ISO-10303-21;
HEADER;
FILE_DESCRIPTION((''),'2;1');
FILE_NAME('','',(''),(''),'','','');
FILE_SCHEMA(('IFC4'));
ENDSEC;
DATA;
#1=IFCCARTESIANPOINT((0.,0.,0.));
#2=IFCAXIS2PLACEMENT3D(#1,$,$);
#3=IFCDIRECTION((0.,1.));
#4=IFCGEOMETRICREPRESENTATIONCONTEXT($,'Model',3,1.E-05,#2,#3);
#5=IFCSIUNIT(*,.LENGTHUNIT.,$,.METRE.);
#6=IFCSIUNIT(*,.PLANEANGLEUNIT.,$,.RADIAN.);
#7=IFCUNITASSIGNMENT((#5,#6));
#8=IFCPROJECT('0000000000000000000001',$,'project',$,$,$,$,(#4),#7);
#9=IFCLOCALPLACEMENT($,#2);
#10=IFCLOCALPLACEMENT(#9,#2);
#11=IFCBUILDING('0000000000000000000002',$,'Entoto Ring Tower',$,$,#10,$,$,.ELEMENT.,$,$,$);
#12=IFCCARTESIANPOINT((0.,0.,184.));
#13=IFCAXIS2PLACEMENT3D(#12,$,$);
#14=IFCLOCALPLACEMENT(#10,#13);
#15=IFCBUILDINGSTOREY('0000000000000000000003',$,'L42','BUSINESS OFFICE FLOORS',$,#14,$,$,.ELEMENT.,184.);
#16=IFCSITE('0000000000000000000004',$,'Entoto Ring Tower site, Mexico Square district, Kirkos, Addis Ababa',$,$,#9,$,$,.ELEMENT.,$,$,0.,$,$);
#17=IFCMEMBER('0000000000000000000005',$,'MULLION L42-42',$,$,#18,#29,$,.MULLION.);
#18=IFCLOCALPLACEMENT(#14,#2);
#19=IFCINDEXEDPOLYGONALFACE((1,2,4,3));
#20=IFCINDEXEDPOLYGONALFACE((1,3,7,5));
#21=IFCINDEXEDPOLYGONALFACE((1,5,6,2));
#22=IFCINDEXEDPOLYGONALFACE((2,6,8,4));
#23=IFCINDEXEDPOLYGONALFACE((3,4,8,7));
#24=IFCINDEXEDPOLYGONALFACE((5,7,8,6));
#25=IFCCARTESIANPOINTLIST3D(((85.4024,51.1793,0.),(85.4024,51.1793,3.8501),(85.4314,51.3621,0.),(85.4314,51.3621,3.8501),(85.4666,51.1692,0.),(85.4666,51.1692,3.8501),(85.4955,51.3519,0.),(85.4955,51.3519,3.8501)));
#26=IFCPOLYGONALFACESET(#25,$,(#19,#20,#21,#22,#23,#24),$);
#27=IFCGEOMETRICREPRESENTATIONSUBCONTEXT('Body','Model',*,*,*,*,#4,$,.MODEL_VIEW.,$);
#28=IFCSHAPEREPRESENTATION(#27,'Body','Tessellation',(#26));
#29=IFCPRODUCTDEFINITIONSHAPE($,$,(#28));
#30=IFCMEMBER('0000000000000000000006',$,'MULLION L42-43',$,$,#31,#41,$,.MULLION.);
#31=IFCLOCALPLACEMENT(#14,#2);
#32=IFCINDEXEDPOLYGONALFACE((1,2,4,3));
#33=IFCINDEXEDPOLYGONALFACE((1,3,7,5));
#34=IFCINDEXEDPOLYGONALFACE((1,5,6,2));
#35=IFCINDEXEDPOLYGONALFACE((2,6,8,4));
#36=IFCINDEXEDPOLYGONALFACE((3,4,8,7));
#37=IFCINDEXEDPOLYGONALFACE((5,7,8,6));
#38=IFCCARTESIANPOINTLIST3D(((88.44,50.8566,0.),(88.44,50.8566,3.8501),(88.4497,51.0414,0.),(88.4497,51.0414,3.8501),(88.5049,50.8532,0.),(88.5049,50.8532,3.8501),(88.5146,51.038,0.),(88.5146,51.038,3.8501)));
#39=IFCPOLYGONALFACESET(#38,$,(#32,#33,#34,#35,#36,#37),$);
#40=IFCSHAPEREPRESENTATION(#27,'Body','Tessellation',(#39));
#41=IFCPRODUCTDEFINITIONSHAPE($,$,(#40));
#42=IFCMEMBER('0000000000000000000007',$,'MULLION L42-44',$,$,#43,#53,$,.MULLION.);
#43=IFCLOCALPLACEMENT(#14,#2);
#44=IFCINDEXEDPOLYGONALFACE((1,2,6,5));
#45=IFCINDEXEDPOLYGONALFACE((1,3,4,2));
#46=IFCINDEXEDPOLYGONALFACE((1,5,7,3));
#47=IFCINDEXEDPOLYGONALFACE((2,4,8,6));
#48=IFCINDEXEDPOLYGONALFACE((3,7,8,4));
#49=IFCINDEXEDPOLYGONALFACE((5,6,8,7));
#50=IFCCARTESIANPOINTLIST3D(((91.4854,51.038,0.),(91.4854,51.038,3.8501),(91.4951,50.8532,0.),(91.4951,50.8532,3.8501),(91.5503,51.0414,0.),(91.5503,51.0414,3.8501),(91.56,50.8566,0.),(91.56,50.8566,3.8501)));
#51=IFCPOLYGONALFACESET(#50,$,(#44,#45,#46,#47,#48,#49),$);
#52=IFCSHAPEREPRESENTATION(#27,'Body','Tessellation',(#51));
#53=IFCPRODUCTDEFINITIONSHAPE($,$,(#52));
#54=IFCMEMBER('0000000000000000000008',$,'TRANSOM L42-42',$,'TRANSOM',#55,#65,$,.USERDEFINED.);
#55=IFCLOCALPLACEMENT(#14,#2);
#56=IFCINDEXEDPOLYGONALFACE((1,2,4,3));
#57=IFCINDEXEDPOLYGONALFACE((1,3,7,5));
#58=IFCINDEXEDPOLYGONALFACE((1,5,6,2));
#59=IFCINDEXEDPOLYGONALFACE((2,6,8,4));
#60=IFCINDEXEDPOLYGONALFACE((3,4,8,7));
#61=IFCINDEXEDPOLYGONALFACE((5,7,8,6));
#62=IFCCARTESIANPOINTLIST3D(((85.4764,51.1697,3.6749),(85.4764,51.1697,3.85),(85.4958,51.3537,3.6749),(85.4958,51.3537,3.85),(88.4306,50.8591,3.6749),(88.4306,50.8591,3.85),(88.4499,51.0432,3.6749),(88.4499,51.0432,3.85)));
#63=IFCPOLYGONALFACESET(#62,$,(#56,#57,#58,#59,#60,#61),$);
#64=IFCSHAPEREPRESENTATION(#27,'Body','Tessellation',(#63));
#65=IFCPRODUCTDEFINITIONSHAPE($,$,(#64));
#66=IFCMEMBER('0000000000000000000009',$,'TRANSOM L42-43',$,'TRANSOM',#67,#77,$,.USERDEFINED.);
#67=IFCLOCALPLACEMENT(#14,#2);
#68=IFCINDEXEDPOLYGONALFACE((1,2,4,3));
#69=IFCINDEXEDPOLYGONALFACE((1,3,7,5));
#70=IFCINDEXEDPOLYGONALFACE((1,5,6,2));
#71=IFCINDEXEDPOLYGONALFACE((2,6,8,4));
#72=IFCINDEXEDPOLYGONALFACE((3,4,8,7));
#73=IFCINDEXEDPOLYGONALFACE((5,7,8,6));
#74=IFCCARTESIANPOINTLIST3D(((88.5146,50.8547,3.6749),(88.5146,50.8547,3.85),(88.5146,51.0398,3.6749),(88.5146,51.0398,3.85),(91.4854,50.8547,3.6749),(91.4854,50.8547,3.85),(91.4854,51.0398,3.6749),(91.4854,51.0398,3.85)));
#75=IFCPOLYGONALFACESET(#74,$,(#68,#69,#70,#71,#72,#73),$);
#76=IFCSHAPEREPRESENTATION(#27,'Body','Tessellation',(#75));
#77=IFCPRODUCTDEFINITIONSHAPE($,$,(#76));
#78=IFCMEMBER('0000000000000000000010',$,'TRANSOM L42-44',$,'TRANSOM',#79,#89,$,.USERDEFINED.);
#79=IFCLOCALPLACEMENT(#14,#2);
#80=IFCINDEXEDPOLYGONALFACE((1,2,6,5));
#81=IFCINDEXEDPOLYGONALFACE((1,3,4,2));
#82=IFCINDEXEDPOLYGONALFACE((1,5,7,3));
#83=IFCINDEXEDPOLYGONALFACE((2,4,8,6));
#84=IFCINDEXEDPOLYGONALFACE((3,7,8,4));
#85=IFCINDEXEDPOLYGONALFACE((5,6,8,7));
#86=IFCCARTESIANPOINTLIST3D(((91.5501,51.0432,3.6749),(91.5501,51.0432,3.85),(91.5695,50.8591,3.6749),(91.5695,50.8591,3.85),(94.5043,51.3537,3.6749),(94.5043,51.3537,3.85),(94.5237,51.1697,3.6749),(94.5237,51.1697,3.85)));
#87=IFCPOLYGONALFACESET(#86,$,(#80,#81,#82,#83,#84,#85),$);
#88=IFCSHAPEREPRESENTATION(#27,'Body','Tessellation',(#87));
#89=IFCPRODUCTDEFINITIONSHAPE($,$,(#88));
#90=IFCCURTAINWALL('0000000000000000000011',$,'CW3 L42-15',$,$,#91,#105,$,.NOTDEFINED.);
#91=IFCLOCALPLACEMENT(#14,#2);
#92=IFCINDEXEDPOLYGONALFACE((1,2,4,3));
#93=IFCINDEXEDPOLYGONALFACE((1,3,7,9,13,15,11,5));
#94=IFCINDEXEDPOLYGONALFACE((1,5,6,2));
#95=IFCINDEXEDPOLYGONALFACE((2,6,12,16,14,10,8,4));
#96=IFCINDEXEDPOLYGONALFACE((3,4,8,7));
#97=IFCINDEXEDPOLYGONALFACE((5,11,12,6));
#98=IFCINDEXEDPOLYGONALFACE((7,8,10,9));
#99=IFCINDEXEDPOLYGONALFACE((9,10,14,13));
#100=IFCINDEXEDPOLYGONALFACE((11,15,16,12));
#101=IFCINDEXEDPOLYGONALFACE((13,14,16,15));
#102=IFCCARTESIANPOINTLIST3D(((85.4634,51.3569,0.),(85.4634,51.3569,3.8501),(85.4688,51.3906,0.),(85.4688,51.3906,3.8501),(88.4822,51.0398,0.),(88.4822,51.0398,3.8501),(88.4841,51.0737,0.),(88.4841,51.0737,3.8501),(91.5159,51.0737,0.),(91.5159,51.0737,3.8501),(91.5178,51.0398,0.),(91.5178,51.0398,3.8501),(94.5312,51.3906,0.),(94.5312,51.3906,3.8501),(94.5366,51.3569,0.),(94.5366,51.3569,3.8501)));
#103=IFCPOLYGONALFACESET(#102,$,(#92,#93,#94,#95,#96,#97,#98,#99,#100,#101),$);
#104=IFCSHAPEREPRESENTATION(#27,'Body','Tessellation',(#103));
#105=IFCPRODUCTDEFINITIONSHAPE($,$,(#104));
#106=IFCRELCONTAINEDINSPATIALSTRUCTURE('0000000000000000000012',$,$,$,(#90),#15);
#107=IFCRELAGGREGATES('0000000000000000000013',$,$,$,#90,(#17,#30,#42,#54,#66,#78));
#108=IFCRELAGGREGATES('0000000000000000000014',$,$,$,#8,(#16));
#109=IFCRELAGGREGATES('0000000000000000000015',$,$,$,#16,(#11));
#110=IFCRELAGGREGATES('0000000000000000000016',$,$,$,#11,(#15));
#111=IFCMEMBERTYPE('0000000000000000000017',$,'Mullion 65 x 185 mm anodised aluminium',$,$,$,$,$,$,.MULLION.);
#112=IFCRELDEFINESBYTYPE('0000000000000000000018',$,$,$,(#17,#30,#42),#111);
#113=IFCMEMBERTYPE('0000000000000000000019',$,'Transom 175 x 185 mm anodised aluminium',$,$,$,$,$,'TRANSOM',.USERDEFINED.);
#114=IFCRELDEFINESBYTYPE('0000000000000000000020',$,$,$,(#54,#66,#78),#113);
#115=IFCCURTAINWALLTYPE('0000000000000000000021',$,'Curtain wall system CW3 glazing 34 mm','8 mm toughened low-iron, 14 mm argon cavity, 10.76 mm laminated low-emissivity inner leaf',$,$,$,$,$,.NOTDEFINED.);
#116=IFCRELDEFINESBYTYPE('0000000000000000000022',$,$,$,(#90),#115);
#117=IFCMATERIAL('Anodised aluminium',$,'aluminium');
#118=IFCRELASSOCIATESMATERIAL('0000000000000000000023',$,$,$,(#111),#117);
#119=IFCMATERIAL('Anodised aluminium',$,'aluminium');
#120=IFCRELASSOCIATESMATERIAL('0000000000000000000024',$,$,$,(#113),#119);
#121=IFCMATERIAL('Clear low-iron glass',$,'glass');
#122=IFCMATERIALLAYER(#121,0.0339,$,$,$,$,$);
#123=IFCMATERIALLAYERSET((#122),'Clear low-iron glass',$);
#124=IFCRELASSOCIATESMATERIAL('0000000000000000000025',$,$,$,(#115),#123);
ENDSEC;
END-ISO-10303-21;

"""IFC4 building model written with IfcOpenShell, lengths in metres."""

from ifc_helpers import new_model, si_unit, direction, frame, origin, origin_2d, place, context, subcontext, project, spatial, polyline, rectangle, outline, extrude, material, layer, layer_set, material_profile, profile_set, type_object, element, aggregate, save


model = new_model("IFC4")

# Units and contexts
model_context = context("Model", 3, precision=1e-05, world=origin(), true_north=direction((0.0, 1.0)))
body_context = subcontext(model_context, "Body", "Model", "MODEL_VIEW")
ifc_project = project(units=[si_unit("LENGTHUNIT", "METRE"), si_unit("PLANEANGLEUNIT", "RADIAN")], contexts=[model_context])

# Members
ifc_material_1 = material(Name="Anodised aluminium", Category="aluminium")
ifc_material_profile_1 = material_profile(ifc_material_1, rectangle(XDim=0.0649, YDim=0.1851, at=origin_2d()), Name="Mullion 65 x 185 mm anodised aluminium")
ifc_profile_set_1 = profile_set([ifc_material_profile_1], Name="Anodised aluminium")
member_type_1 = type_object("IfcMemberType", Name="Mullion 65 x 185 mm anodised aluminium", PredefinedType="MULLION", material=ifc_profile_set_1)
site_placement = place(None, origin())
building_placement = place(site_placement, origin())
storey_placement = place(building_placement, frame((0.0, 0.0, 184.0)))
member_1_placement = place(storey_placement, frame((85.449, 51.2656, 0.0), z_axis=(0.0, 0.0, 1.0), x_axis=(0.987688, -0.156434, 0.0)))
member_1 = element("IfcMember", 1, at=member_1_placement, type_object=member_type_1, Name="MULLION L42-42", PredefinedType="MULLION", context=body_context, shape_type="SweptSolid", body=[
    extrude(rectangle(XDim=0.0649, YDim=0.1851, at=origin_2d()), origin(), (0.0, 0.0, 1.0), 3.8501),
])
member_2_placement = place(storey_placement, frame((88.4773, 50.9473, 0.0), z_axis=(0.0, 0.0, 1.0), x_axis=(0.99863, -0.052336, 0.0)))
member_2 = element("IfcMember", 2, at=member_2_placement, type_object=member_type_1, Name="MULLION L42-43", PredefinedType="MULLION", context=body_context, shape_type="SweptSolid", body=[
    extrude(rectangle(XDim=0.0649, YDim=0.1851, at=origin_2d()), origin(), (0.0, 0.0, 1.0), 3.8501),
])
member_3_placement = place(storey_placement, frame((91.5227, 50.9473, 0.0), z_axis=(0.0, 0.0, 1.0), x_axis=(0.99863, 0.052336, 0.0)))
member_3 = element("IfcMember", 3, at=member_3_placement, type_object=member_type_1, Name="MULLION L42-44", PredefinedType="MULLION", context=body_context, shape_type="SweptSolid", body=[
    extrude(rectangle(XDim=0.0649, YDim=0.1851, at=origin_2d()), origin(), (0.0, 0.0, 1.0), 3.8501),
])
ifc_material_2 = material(Name="Anodised aluminium", Category="aluminium")
ifc_material_profile_2 = material_profile(ifc_material_2, rectangle(XDim=0.1851, YDim=0.175, at=origin_2d()), Name="Transom 175 x 185 mm anodised aluminium")
ifc_profile_set_2 = profile_set([ifc_material_profile_2], Name="Anodised aluminium")
member_type_2 = type_object("IfcMemberType", Name="Transom 175 x 185 mm anodised aluminium", ElementType="TRANSOM", PredefinedType="USERDEFINED", material=ifc_profile_set_2)
member_4_placement = place(storey_placement, frame((85.4861, 51.2617, 3.7625), z_axis=(0.99452, -0.104548, 0.0), x_axis=(0.104548, 0.99452, 0.0)))
member_4 = element("IfcMember", 4, at=member_4_placement, type_object=member_type_2, Name="TRANSOM L42-42", ObjectType="TRANSOM", PredefinedType="USERDEFINED", context=body_context, shape_type="SweptSolid", body=[
    extrude(rectangle(XDim=0.1851, YDim=0.175, at=origin_2d()), origin(), (0.0, 0.0, 1.0), 2.9705),
])
member_5_placement = place(storey_placement, frame((88.5146, 50.9473, 3.7625), z_axis=(1.0, 0.0, 0.0), x_axis=(0.0, 1.0, 0.0)))
member_5 = element("IfcMember", 5, at=member_5_placement, type_object=member_type_2, Name="TRANSOM L42-43", ObjectType="TRANSOM", PredefinedType="USERDEFINED", context=body_context, shape_type="SweptSolid", body=[
    extrude(rectangle(XDim=0.1851, YDim=0.175, at=origin_2d()), origin(), (0.0, 0.0, 1.0), 2.9707),
])
member_6_placement = place(storey_placement, frame((91.5598, 50.9512, 3.7625), z_axis=(0.99452, 0.104548, 0.0), x_axis=(-0.104548, 0.99452, 0.0)))
member_6 = element("IfcMember", 6, at=member_6_placement, type_object=member_type_2, Name="TRANSOM L42-44", ObjectType="TRANSOM", PredefinedType="USERDEFINED", context=body_context, shape_type="SweptSolid", body=[
    extrude(rectangle(XDim=0.1851, YDim=0.175, at=origin_2d()), origin(), (0.0, 0.0, 1.0), 2.9705),
])

# Site, building, storey
site = spatial("IfcSite", under=ifc_project, at=site_placement, Name="Entoto Ring Tower site, Mexico Square district, Kirkos, Addis Ababa", CompositionType="ELEMENT", RefElevation=0.0)
building = spatial("IfcBuilding", under=site, at=building_placement, Name="Entoto Ring Tower", CompositionType="ELEMENT")
storey = spatial("IfcBuildingStorey", under=building, at=storey_placement, Name="L42", Description="BUSINESS OFFICE FLOORS", CompositionType="ELEMENT", Elevation=184.0)

# Curtain wall
ifc_material_3 = material(Name="Clear low-iron glass", Category="glass")
ifc_layer = layer(ifc_material_3, 0.0339)
ifc_layer_set = layer_set([ifc_layer], Name="Clear low-iron glass")
curtain_wall_type = type_object("IfcCurtainWallType", Name="Curtain wall system CW3 glazing 34 mm", Description="8 mm toughened low-iron, 14 mm argon cavity, 10.76 mm laminated low-emissivity inner leaf", PredefinedType="NOTDEFINED", material=ifc_layer_set)
curtain_wall_1_placement = place(storey_placement, origin())
curtain_wall_1 = element("IfcCurtainWall", 7, at=curtain_wall_1_placement, inside=storey, type_object=curtain_wall_type, Name="CW3 L42-15", PredefinedType="NOTDEFINED", context=body_context, shape_type="SweptSolid", body=[
    extrude(outline(polyline([(85.4634, 51.3569), (88.4822, 51.0398), (91.5178, 51.0398), (94.5366, 51.3569), (94.5312, 51.3906), (91.5159, 51.0737), (88.4841, 51.0737), (85.4688, 51.3906), (85.4634, 51.3569)])), origin(), (0.0, 0.0, 1.0), 3.8501),
])
aggregate(curtain_wall_1, [member_1, member_2, member_3, member_4, member_5, member_6])

save(model, "model.ifc")
